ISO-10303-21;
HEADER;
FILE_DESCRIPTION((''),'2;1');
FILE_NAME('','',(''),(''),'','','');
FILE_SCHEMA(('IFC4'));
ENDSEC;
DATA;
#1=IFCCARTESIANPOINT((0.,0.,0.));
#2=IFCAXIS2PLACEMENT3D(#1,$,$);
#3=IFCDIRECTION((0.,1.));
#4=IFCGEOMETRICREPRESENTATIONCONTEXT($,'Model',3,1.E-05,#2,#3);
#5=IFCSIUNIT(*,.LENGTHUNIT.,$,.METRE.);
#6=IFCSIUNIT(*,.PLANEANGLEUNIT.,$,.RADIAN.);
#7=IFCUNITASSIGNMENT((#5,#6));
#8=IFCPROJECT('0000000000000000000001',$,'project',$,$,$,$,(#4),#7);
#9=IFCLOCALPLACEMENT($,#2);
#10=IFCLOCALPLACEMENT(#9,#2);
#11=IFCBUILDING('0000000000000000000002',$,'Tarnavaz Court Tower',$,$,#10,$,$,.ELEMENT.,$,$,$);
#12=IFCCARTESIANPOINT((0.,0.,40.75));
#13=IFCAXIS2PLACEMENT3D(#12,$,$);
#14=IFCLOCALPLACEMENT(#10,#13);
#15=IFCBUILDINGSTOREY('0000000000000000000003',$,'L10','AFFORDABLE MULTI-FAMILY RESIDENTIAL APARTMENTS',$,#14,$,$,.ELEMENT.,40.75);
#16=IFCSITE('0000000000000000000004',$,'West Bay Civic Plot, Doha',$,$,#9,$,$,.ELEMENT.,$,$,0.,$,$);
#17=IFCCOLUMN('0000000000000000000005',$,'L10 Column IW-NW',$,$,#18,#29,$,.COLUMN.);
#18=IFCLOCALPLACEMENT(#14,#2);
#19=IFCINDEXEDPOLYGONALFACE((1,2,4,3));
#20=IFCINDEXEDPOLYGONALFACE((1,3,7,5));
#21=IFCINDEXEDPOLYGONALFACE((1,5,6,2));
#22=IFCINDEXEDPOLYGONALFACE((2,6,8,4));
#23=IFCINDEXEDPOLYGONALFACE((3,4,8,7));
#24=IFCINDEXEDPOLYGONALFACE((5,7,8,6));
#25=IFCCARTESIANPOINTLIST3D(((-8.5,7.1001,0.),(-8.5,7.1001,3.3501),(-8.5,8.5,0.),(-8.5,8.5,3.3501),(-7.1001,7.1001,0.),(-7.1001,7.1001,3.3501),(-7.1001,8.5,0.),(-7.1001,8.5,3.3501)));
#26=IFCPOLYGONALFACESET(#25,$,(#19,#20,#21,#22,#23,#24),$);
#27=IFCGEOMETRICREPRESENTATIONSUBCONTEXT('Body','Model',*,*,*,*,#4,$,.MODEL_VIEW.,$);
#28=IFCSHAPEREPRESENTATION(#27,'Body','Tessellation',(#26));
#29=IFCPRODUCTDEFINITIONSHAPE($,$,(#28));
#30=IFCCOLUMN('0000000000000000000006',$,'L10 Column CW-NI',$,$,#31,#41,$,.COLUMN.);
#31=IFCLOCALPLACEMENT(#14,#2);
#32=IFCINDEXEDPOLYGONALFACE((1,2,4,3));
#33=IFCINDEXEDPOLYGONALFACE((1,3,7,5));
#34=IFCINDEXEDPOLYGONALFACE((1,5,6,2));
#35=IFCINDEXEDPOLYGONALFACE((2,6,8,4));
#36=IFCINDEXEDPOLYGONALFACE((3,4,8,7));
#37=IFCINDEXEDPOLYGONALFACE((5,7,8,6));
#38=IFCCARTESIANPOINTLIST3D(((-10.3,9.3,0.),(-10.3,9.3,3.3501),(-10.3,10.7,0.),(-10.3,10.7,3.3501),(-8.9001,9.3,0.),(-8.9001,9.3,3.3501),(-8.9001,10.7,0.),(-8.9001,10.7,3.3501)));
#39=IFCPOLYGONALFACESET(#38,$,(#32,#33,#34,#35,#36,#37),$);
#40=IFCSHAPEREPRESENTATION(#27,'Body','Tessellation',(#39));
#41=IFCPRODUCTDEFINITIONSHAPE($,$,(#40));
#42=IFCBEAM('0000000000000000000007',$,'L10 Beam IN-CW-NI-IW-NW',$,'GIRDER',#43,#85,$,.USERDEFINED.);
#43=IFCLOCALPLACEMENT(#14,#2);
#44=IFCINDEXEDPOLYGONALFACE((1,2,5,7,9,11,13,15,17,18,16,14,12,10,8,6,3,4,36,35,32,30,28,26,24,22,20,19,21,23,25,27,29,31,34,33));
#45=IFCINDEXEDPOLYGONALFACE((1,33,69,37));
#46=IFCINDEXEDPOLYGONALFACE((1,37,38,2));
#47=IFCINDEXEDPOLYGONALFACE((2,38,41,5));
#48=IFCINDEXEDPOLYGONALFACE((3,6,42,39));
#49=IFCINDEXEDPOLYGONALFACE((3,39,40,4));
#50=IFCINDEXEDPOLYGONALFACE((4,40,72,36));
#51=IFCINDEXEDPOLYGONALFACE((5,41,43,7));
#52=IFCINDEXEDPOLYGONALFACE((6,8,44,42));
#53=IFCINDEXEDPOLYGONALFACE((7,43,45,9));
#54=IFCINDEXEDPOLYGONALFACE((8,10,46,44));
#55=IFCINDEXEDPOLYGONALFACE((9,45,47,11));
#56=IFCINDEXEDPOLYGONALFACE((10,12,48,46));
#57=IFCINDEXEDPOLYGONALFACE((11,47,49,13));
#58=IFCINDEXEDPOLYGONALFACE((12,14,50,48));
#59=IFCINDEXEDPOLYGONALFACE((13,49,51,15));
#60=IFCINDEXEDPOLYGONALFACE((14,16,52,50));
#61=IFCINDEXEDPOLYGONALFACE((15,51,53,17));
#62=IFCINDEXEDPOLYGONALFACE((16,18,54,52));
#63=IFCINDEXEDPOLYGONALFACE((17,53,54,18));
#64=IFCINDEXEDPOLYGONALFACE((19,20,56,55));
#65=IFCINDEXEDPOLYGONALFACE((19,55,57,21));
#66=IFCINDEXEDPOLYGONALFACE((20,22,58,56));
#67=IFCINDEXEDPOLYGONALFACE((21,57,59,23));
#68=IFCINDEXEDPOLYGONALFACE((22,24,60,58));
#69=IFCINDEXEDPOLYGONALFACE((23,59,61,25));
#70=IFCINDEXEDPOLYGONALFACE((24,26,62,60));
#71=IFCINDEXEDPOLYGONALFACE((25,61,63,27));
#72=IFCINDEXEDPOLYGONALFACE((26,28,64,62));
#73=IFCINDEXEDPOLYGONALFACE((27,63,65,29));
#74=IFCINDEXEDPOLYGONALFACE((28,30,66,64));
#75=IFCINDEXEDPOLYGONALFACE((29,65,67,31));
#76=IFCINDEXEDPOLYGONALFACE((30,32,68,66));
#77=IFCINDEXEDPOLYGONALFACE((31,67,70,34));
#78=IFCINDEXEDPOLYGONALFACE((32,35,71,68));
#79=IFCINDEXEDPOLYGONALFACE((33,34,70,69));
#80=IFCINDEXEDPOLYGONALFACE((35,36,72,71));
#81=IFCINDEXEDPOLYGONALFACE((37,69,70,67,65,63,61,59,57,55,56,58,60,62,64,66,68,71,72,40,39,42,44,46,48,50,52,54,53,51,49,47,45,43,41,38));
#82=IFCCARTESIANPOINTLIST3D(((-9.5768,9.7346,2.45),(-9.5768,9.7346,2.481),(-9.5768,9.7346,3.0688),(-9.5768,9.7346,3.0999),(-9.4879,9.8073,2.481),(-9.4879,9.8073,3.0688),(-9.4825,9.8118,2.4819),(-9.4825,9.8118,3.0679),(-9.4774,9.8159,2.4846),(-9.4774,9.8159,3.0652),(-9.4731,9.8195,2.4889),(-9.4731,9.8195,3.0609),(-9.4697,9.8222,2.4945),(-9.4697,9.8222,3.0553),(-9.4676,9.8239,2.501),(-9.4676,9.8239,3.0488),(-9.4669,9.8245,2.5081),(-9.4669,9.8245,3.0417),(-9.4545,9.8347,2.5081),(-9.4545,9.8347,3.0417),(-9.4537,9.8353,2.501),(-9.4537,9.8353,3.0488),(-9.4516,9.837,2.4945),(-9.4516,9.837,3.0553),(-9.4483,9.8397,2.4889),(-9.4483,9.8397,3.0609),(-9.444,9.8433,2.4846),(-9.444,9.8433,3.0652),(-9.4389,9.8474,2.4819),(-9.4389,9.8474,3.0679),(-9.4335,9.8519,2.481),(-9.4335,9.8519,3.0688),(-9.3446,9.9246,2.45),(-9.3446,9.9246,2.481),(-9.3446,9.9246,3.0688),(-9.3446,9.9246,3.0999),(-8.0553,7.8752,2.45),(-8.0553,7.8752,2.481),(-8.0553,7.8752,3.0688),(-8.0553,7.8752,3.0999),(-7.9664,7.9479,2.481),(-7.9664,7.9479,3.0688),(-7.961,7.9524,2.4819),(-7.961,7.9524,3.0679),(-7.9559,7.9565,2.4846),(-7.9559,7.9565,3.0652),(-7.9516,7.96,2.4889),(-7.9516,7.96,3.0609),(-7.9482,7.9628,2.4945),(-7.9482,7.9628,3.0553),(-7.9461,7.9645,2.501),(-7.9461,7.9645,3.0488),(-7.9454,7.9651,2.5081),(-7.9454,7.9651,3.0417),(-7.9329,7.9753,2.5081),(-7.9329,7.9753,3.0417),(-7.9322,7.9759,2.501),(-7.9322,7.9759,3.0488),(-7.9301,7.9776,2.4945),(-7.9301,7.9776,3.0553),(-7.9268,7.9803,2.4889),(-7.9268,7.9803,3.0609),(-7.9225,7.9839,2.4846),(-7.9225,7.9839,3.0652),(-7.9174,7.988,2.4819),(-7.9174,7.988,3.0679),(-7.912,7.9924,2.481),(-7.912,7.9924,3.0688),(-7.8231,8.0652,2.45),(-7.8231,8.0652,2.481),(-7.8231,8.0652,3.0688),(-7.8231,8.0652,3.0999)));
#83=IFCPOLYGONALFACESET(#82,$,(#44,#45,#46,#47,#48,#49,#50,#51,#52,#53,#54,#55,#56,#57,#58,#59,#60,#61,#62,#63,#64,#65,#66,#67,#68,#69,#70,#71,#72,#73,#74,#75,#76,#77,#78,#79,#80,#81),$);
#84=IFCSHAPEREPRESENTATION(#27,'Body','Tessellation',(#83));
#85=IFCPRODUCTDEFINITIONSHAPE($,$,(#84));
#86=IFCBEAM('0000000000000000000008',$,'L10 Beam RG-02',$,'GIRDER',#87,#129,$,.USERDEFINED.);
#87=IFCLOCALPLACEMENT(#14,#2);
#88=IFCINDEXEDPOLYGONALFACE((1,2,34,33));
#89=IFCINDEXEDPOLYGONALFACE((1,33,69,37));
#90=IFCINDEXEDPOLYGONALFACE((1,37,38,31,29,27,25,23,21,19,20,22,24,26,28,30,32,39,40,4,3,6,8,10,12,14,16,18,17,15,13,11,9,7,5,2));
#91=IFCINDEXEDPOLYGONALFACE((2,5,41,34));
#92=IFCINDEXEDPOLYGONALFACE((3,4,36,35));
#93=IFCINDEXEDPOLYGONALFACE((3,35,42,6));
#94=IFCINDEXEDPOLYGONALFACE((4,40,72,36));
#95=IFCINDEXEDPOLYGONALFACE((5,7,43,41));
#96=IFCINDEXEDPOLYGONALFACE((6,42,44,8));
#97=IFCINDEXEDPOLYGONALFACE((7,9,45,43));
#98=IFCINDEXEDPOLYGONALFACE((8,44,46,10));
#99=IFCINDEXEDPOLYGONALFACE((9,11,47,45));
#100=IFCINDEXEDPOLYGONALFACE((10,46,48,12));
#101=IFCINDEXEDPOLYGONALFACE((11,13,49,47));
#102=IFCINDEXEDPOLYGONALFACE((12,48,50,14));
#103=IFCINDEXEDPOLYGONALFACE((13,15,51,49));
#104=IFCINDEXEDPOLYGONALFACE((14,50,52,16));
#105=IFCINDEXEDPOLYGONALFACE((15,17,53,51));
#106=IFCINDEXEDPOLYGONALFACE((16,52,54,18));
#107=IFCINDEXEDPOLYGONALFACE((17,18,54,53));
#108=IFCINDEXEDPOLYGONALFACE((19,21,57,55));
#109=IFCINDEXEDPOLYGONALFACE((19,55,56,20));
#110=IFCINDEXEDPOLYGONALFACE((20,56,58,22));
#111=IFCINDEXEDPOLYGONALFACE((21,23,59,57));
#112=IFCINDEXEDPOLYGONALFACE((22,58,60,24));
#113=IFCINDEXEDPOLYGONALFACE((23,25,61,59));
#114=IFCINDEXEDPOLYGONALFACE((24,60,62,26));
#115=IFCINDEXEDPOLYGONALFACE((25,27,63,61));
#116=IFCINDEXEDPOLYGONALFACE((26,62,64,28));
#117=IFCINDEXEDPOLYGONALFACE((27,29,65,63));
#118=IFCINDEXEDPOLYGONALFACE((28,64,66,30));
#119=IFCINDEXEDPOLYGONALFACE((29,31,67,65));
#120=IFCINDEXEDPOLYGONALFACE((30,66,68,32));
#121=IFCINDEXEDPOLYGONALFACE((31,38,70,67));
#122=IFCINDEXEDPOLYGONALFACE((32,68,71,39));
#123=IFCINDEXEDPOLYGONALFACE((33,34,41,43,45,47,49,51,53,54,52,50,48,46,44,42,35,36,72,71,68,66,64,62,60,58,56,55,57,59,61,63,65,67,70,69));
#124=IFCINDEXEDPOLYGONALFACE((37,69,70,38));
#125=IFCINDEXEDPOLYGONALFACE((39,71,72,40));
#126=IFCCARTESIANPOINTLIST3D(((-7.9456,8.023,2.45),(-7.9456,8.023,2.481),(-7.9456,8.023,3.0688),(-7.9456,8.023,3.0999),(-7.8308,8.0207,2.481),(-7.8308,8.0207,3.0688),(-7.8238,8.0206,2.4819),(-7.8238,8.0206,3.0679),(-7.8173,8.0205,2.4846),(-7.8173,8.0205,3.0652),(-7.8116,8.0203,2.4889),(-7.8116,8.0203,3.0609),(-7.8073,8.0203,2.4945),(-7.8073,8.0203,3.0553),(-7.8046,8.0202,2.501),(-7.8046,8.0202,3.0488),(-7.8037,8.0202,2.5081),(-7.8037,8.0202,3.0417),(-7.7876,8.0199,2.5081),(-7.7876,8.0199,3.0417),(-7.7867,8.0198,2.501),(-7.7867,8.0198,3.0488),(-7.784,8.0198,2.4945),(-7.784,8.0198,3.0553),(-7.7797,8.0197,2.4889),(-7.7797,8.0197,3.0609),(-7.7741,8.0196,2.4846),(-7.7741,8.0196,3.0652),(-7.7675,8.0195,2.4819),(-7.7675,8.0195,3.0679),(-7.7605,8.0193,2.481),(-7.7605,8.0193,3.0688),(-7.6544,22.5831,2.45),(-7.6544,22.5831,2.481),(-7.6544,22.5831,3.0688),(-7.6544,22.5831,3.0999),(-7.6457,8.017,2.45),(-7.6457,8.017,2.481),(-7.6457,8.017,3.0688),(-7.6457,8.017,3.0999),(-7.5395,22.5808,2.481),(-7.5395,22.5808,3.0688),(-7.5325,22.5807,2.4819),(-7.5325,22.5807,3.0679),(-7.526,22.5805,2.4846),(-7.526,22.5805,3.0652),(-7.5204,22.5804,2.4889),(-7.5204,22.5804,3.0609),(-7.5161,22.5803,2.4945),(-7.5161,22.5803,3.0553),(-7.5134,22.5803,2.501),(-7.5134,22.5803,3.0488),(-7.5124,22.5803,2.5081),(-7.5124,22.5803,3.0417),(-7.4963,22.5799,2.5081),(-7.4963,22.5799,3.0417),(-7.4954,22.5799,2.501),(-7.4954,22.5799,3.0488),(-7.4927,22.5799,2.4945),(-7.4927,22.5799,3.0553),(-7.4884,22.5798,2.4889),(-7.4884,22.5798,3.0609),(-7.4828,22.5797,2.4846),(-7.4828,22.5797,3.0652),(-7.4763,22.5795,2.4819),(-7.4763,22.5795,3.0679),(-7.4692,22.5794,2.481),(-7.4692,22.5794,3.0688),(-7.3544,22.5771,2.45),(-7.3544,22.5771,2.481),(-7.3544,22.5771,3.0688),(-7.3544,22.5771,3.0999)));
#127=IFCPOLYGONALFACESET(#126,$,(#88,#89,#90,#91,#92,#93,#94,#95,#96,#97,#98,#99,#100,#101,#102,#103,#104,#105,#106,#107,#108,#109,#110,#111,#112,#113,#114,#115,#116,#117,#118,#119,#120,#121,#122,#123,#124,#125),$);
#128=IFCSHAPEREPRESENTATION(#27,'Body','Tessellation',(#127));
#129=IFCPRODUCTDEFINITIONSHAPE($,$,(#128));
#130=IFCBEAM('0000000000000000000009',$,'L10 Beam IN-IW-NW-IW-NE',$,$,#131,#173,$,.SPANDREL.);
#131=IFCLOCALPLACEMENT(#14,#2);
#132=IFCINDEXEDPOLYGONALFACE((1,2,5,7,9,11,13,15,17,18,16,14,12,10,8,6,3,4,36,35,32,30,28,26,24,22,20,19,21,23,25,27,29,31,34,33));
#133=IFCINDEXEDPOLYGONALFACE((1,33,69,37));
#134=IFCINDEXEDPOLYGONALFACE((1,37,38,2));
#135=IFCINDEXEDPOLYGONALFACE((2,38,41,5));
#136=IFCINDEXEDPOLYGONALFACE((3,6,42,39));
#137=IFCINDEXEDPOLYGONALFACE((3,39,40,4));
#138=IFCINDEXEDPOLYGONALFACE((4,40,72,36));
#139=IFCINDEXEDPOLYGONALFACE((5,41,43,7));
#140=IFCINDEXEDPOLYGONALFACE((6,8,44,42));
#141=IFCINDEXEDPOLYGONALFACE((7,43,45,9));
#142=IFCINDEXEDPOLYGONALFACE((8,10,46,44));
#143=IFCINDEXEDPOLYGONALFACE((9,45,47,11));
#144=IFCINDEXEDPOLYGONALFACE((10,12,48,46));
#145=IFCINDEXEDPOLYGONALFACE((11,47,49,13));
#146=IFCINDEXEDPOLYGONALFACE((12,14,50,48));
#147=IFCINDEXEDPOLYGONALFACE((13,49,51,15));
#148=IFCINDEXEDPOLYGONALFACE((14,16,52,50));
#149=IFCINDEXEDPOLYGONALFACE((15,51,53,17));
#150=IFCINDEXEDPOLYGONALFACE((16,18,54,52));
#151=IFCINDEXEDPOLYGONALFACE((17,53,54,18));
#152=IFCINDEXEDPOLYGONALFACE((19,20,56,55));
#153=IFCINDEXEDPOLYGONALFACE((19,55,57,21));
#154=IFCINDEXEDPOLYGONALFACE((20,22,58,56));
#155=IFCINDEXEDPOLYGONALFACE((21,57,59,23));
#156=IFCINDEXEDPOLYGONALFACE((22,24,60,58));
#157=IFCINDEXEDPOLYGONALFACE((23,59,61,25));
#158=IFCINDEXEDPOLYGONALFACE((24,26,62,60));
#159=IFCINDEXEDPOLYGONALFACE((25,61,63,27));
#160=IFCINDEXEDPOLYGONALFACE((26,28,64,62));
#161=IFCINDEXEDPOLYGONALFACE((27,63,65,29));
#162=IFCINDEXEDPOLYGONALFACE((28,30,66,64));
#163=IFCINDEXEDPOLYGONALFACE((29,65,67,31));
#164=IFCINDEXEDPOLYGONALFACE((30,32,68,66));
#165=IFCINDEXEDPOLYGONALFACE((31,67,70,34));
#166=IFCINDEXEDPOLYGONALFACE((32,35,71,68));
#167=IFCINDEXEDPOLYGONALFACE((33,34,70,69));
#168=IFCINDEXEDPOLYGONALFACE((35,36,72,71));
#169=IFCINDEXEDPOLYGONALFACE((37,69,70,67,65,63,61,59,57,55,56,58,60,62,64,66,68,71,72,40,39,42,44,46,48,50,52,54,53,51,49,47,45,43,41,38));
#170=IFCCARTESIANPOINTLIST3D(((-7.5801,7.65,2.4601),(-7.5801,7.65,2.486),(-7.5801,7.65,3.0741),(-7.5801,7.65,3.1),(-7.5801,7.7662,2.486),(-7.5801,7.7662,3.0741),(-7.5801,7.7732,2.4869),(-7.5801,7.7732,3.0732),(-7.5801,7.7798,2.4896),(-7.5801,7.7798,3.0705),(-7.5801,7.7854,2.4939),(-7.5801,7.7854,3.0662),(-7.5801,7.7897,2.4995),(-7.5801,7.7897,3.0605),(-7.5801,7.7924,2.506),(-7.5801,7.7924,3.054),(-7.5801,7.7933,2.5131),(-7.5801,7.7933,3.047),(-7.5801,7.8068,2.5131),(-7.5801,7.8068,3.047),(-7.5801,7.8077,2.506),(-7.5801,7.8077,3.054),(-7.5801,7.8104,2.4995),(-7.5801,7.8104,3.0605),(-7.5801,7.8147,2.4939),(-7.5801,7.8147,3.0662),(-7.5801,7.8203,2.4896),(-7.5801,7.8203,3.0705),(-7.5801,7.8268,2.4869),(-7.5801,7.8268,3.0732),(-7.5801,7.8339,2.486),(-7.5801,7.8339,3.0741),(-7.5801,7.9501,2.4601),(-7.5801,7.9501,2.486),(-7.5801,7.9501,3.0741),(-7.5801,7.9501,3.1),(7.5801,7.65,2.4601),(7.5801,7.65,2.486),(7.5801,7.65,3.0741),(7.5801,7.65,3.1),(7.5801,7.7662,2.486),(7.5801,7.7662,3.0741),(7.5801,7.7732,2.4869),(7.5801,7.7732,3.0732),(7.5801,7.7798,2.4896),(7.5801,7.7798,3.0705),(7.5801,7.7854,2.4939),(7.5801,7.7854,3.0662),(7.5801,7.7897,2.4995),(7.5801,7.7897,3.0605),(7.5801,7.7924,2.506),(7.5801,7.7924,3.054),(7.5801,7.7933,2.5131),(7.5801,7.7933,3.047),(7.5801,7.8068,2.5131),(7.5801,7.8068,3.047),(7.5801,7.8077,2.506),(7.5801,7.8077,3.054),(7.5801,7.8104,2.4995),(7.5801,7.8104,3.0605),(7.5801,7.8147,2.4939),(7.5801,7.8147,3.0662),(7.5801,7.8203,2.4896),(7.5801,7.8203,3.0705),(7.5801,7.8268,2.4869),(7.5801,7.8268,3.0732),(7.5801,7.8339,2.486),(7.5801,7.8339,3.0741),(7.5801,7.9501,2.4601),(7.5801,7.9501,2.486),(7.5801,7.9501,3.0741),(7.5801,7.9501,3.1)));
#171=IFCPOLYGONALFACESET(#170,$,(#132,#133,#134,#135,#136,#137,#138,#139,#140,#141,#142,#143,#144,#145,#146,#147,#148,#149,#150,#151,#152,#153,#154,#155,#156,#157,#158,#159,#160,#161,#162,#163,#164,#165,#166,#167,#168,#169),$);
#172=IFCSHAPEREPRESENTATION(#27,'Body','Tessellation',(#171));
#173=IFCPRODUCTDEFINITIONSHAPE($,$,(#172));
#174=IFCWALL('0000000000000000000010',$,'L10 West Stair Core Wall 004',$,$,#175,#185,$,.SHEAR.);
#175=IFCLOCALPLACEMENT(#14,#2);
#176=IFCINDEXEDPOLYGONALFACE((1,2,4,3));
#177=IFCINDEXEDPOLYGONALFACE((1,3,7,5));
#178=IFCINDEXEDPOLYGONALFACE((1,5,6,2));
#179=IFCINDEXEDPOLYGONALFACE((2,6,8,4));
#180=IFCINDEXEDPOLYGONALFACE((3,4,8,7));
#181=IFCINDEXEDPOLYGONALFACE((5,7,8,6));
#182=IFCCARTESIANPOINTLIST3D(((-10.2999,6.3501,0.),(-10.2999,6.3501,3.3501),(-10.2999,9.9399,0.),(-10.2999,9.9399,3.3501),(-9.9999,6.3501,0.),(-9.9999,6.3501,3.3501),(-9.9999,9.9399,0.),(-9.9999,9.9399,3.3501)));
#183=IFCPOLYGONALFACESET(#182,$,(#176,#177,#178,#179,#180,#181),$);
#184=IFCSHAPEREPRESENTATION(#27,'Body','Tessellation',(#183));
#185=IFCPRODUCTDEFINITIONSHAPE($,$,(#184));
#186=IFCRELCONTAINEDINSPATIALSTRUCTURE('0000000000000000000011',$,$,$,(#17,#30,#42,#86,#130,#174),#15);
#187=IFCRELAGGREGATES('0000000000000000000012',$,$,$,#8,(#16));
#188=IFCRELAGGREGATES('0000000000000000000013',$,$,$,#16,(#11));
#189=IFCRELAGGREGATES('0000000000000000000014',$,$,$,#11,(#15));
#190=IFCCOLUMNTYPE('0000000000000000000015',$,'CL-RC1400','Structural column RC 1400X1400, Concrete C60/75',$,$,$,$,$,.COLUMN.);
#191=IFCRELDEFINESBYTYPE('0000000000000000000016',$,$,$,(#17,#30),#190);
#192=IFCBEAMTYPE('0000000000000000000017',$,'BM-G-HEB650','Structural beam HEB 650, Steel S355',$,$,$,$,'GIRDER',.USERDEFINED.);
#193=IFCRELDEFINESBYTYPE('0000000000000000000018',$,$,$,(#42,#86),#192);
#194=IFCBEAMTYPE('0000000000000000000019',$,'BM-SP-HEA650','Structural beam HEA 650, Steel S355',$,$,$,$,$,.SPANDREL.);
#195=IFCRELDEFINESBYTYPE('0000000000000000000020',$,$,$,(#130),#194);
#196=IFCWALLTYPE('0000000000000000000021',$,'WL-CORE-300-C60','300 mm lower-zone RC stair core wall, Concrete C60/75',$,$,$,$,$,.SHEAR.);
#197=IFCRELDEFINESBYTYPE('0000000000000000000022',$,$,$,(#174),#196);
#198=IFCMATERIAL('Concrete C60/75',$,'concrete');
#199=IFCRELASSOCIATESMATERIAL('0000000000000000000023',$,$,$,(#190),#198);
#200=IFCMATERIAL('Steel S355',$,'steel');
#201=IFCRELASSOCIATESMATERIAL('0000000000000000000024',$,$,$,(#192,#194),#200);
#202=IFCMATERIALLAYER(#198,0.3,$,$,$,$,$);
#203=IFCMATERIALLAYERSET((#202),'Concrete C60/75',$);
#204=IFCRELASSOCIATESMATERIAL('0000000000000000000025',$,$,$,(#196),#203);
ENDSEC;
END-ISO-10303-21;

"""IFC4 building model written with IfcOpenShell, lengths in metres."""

from ifc_helpers import new_model, si_unit, direction, frame, frame_2d, origin, origin_2d, place, context, subcontext, project, spatial, rectangle, i_section, extrude, material, layer, layer_set, material_profile, profile_set, type_object, element, save


model = new_model("IFC4")

# Units and contexts
model_context = context("Model", 3, precision=1e-05, world=origin(), true_north=direction((0.0, 1.0)))
body_context = subcontext(model_context, "Body", "Model", "MODEL_VIEW")
ifc_project = project(units=[si_unit("LENGTHUNIT", "METRE"), si_unit("PLANEANGLEUNIT", "RADIAN")], contexts=[model_context])

# Site, building, storey
site_placement = place(None, origin())
site = spatial("IfcSite", under=ifc_project, at=site_placement, Name="West Bay Civic Plot, Doha", CompositionType="ELEMENT", RefElevation=0.0)
building_placement = place(site_placement, origin())
building = spatial("IfcBuilding", under=site, at=building_placement, Name="Tarnavaz Court Tower", CompositionType="ELEMENT")
storey_placement = place(building_placement, frame((0.0, 0.0, 40.75)))
storey = spatial("IfcBuildingStorey", under=building, at=storey_placement, Name="L10", Description="AFFORDABLE MULTI-FAMILY RESIDENTIAL APARTMENTS", CompositionType="ELEMENT", Elevation=40.75)

# Columns
ifc_material_1 = material(Name="Concrete C60/75", Category="concrete")
ifc_material_profile_1 = material_profile(ifc_material_1, rectangle(XDim=1.3999, YDim=1.3999, at=origin_2d()), Name="RC 1400X1400")
ifc_profile_set_1 = profile_set([ifc_material_profile_1], Name="Concrete C60/75")
column_type = type_object("IfcColumnType", Name="CL-RC1400", Description="Structural column RC 1400X1400, Concrete C60/75", PredefinedType="COLUMN", material=ifc_profile_set_1)
for number, where, z_axis, x_axis, name in (
    (1, (-7.8, 7.8, 0.0), (0.0, 0.0, 1.0), (1.0, 0.0, 0.0), "L10 Column IW-NW"),
    (2, (-9.6001, 10.0, 0.0), (0.0, 0.0, 1.0), (1.0, 0.0, 0.0), "L10 Column CW-NI"),
):
    element("IfcColumn", number, at=place(storey_placement, frame(where, z_axis=z_axis, x_axis=x_axis)), inside=storey, type_object=column_type, Name=name, PredefinedType="COLUMN", context=body_context, shape_type="SweptSolid", body=[
        extrude(rectangle(XDim=1.3999, YDim=1.3999, at=origin_2d()), origin(), (0.0, 0.0, 1.0), 3.3501),
    ])

# Beams
ifc_material_2 = material(Name="Steel S355", Category="steel")
ifc_material_profile_2 = material_profile(ifc_material_2, i_section(OverallWidth=0.3, OverallDepth=0.6499, WebThickness=0.0161, FlangeThickness=0.031, FilletRadius=0.0271, at=origin_2d()), Name="HEB 650")
ifc_profile_set_2 = profile_set([ifc_material_profile_2], Name="Steel S355")
beam_type_1 = type_object("IfcBeamType", Name="BM-G-HEB650", Description="Structural beam HEB 650, Steel S355", ElementType="GIRDER", PredefinedType="USERDEFINED", material=ifc_profile_set_2)
beam_1_placement = place(storey_placement, frame((-9.4607, 9.8296, 2.7749), z_axis=(0.633282, -0.773921, 0.0), x_axis=(0.773921, 0.633282, 0.0)))
element("IfcBeam", 3, at=beam_1_placement, inside=storey, type_object=beam_type_1, Name="L10 Beam IN-CW-NI-IW-NW", ObjectType="GIRDER", PredefinedType="USERDEFINED", context=body_context, shape_type="SweptSolid", body=[
    extrude(i_section(OverallWidth=0.3, OverallDepth=0.6499, WebThickness=0.0161, FlangeThickness=0.031, FilletRadius=0.0271, at=origin_2d()), origin(), (0.0, 0.0, 1.0), 2.4026),
])
beam_2_placement = place(storey_placement, frame((-7.7957, 8.02, 2.7749), z_axis=(0.02, 0.9998, 0.0), x_axis=(-0.9998, 0.02, 0.0)))
element("IfcBeam", 4, at=beam_2_placement, inside=storey, type_object=beam_type_1, Name="L10 Beam RG-02", ObjectType="GIRDER", PredefinedType="USERDEFINED", context=body_context, shape_type="SweptSolid", body=[
    extrude(i_section(OverallWidth=0.3, OverallDepth=0.6499, WebThickness=0.0161, FlangeThickness=0.031, FilletRadius=0.0271, at=origin_2d()), origin(), (0.0, 0.0, 1.0), 14.563),
])
ifc_material_profile_3 = material_profile(ifc_material_2, i_section(OverallWidth=0.3, OverallDepth=0.6399, WebThickness=0.0134, FlangeThickness=0.0259, FilletRadius=0.0271, at=origin_2d()), Name="HEA 650")
ifc_profile_set_3 = profile_set([ifc_material_profile_3], Name="Steel S355")
beam_type_2 = type_object("IfcBeamType", Name="BM-SP-HEA650", Description="Structural beam HEA 650, Steel S355", PredefinedType="SPANDREL", material=ifc_profile_set_3)
beam_3_placement = place(storey_placement, frame((-7.5801, 7.8, 2.78), z_axis=(1.0, 0.0, 0.0), x_axis=(0.0, 1.0, 0.0)))
element("IfcBeam", 5, at=beam_3_placement, inside=storey, type_object=beam_type_2, Name="L10 Beam IN-IW-NW-IW-NE", PredefinedType="SPANDREL", context=body_context, shape_type="SweptSolid", body=[
    extrude(i_section(OverallWidth=0.3, OverallDepth=0.6399, WebThickness=0.0134, FlangeThickness=0.0259, FilletRadius=0.0271, at=origin_2d()), origin(), (0.0, 0.0, 1.0), 15.1602),
])

# Wall
ifc_layer_1 = layer(ifc_material_1, 0.3)
ifc_layer_set_1 = layer_set([ifc_layer_1], Name="Concrete C60/75")
wall_type_1 = type_object("IfcWallType", Name="WL-CORE-300-C60", Description="300 mm lower-zone RC stair core wall, Concrete C60/75", PredefinedType="SHEAR", material=ifc_layer_set_1)
wall_1_placement = place(storey_placement, frame((-10.1499, 6.3501, 0.0), z_axis=(0.0, 0.0, 1.0), x_axis=(0.0, 1.0, 0.0)))
element("IfcWall", 6, at=wall_1_placement, inside=storey, type_object=wall_type_1, Name="L10 West Stair Core Wall 004", PredefinedType="SHEAR", context=body_context, shape_type="SweptSolid", body=[
    extrude(rectangle(XDim=3.5898, YDim=0.3, at=frame_2d((1.7949, 0.0))), origin(), (0.0, 0.0, 1.0), 3.3501),
])

save(model, "model.ifc")
